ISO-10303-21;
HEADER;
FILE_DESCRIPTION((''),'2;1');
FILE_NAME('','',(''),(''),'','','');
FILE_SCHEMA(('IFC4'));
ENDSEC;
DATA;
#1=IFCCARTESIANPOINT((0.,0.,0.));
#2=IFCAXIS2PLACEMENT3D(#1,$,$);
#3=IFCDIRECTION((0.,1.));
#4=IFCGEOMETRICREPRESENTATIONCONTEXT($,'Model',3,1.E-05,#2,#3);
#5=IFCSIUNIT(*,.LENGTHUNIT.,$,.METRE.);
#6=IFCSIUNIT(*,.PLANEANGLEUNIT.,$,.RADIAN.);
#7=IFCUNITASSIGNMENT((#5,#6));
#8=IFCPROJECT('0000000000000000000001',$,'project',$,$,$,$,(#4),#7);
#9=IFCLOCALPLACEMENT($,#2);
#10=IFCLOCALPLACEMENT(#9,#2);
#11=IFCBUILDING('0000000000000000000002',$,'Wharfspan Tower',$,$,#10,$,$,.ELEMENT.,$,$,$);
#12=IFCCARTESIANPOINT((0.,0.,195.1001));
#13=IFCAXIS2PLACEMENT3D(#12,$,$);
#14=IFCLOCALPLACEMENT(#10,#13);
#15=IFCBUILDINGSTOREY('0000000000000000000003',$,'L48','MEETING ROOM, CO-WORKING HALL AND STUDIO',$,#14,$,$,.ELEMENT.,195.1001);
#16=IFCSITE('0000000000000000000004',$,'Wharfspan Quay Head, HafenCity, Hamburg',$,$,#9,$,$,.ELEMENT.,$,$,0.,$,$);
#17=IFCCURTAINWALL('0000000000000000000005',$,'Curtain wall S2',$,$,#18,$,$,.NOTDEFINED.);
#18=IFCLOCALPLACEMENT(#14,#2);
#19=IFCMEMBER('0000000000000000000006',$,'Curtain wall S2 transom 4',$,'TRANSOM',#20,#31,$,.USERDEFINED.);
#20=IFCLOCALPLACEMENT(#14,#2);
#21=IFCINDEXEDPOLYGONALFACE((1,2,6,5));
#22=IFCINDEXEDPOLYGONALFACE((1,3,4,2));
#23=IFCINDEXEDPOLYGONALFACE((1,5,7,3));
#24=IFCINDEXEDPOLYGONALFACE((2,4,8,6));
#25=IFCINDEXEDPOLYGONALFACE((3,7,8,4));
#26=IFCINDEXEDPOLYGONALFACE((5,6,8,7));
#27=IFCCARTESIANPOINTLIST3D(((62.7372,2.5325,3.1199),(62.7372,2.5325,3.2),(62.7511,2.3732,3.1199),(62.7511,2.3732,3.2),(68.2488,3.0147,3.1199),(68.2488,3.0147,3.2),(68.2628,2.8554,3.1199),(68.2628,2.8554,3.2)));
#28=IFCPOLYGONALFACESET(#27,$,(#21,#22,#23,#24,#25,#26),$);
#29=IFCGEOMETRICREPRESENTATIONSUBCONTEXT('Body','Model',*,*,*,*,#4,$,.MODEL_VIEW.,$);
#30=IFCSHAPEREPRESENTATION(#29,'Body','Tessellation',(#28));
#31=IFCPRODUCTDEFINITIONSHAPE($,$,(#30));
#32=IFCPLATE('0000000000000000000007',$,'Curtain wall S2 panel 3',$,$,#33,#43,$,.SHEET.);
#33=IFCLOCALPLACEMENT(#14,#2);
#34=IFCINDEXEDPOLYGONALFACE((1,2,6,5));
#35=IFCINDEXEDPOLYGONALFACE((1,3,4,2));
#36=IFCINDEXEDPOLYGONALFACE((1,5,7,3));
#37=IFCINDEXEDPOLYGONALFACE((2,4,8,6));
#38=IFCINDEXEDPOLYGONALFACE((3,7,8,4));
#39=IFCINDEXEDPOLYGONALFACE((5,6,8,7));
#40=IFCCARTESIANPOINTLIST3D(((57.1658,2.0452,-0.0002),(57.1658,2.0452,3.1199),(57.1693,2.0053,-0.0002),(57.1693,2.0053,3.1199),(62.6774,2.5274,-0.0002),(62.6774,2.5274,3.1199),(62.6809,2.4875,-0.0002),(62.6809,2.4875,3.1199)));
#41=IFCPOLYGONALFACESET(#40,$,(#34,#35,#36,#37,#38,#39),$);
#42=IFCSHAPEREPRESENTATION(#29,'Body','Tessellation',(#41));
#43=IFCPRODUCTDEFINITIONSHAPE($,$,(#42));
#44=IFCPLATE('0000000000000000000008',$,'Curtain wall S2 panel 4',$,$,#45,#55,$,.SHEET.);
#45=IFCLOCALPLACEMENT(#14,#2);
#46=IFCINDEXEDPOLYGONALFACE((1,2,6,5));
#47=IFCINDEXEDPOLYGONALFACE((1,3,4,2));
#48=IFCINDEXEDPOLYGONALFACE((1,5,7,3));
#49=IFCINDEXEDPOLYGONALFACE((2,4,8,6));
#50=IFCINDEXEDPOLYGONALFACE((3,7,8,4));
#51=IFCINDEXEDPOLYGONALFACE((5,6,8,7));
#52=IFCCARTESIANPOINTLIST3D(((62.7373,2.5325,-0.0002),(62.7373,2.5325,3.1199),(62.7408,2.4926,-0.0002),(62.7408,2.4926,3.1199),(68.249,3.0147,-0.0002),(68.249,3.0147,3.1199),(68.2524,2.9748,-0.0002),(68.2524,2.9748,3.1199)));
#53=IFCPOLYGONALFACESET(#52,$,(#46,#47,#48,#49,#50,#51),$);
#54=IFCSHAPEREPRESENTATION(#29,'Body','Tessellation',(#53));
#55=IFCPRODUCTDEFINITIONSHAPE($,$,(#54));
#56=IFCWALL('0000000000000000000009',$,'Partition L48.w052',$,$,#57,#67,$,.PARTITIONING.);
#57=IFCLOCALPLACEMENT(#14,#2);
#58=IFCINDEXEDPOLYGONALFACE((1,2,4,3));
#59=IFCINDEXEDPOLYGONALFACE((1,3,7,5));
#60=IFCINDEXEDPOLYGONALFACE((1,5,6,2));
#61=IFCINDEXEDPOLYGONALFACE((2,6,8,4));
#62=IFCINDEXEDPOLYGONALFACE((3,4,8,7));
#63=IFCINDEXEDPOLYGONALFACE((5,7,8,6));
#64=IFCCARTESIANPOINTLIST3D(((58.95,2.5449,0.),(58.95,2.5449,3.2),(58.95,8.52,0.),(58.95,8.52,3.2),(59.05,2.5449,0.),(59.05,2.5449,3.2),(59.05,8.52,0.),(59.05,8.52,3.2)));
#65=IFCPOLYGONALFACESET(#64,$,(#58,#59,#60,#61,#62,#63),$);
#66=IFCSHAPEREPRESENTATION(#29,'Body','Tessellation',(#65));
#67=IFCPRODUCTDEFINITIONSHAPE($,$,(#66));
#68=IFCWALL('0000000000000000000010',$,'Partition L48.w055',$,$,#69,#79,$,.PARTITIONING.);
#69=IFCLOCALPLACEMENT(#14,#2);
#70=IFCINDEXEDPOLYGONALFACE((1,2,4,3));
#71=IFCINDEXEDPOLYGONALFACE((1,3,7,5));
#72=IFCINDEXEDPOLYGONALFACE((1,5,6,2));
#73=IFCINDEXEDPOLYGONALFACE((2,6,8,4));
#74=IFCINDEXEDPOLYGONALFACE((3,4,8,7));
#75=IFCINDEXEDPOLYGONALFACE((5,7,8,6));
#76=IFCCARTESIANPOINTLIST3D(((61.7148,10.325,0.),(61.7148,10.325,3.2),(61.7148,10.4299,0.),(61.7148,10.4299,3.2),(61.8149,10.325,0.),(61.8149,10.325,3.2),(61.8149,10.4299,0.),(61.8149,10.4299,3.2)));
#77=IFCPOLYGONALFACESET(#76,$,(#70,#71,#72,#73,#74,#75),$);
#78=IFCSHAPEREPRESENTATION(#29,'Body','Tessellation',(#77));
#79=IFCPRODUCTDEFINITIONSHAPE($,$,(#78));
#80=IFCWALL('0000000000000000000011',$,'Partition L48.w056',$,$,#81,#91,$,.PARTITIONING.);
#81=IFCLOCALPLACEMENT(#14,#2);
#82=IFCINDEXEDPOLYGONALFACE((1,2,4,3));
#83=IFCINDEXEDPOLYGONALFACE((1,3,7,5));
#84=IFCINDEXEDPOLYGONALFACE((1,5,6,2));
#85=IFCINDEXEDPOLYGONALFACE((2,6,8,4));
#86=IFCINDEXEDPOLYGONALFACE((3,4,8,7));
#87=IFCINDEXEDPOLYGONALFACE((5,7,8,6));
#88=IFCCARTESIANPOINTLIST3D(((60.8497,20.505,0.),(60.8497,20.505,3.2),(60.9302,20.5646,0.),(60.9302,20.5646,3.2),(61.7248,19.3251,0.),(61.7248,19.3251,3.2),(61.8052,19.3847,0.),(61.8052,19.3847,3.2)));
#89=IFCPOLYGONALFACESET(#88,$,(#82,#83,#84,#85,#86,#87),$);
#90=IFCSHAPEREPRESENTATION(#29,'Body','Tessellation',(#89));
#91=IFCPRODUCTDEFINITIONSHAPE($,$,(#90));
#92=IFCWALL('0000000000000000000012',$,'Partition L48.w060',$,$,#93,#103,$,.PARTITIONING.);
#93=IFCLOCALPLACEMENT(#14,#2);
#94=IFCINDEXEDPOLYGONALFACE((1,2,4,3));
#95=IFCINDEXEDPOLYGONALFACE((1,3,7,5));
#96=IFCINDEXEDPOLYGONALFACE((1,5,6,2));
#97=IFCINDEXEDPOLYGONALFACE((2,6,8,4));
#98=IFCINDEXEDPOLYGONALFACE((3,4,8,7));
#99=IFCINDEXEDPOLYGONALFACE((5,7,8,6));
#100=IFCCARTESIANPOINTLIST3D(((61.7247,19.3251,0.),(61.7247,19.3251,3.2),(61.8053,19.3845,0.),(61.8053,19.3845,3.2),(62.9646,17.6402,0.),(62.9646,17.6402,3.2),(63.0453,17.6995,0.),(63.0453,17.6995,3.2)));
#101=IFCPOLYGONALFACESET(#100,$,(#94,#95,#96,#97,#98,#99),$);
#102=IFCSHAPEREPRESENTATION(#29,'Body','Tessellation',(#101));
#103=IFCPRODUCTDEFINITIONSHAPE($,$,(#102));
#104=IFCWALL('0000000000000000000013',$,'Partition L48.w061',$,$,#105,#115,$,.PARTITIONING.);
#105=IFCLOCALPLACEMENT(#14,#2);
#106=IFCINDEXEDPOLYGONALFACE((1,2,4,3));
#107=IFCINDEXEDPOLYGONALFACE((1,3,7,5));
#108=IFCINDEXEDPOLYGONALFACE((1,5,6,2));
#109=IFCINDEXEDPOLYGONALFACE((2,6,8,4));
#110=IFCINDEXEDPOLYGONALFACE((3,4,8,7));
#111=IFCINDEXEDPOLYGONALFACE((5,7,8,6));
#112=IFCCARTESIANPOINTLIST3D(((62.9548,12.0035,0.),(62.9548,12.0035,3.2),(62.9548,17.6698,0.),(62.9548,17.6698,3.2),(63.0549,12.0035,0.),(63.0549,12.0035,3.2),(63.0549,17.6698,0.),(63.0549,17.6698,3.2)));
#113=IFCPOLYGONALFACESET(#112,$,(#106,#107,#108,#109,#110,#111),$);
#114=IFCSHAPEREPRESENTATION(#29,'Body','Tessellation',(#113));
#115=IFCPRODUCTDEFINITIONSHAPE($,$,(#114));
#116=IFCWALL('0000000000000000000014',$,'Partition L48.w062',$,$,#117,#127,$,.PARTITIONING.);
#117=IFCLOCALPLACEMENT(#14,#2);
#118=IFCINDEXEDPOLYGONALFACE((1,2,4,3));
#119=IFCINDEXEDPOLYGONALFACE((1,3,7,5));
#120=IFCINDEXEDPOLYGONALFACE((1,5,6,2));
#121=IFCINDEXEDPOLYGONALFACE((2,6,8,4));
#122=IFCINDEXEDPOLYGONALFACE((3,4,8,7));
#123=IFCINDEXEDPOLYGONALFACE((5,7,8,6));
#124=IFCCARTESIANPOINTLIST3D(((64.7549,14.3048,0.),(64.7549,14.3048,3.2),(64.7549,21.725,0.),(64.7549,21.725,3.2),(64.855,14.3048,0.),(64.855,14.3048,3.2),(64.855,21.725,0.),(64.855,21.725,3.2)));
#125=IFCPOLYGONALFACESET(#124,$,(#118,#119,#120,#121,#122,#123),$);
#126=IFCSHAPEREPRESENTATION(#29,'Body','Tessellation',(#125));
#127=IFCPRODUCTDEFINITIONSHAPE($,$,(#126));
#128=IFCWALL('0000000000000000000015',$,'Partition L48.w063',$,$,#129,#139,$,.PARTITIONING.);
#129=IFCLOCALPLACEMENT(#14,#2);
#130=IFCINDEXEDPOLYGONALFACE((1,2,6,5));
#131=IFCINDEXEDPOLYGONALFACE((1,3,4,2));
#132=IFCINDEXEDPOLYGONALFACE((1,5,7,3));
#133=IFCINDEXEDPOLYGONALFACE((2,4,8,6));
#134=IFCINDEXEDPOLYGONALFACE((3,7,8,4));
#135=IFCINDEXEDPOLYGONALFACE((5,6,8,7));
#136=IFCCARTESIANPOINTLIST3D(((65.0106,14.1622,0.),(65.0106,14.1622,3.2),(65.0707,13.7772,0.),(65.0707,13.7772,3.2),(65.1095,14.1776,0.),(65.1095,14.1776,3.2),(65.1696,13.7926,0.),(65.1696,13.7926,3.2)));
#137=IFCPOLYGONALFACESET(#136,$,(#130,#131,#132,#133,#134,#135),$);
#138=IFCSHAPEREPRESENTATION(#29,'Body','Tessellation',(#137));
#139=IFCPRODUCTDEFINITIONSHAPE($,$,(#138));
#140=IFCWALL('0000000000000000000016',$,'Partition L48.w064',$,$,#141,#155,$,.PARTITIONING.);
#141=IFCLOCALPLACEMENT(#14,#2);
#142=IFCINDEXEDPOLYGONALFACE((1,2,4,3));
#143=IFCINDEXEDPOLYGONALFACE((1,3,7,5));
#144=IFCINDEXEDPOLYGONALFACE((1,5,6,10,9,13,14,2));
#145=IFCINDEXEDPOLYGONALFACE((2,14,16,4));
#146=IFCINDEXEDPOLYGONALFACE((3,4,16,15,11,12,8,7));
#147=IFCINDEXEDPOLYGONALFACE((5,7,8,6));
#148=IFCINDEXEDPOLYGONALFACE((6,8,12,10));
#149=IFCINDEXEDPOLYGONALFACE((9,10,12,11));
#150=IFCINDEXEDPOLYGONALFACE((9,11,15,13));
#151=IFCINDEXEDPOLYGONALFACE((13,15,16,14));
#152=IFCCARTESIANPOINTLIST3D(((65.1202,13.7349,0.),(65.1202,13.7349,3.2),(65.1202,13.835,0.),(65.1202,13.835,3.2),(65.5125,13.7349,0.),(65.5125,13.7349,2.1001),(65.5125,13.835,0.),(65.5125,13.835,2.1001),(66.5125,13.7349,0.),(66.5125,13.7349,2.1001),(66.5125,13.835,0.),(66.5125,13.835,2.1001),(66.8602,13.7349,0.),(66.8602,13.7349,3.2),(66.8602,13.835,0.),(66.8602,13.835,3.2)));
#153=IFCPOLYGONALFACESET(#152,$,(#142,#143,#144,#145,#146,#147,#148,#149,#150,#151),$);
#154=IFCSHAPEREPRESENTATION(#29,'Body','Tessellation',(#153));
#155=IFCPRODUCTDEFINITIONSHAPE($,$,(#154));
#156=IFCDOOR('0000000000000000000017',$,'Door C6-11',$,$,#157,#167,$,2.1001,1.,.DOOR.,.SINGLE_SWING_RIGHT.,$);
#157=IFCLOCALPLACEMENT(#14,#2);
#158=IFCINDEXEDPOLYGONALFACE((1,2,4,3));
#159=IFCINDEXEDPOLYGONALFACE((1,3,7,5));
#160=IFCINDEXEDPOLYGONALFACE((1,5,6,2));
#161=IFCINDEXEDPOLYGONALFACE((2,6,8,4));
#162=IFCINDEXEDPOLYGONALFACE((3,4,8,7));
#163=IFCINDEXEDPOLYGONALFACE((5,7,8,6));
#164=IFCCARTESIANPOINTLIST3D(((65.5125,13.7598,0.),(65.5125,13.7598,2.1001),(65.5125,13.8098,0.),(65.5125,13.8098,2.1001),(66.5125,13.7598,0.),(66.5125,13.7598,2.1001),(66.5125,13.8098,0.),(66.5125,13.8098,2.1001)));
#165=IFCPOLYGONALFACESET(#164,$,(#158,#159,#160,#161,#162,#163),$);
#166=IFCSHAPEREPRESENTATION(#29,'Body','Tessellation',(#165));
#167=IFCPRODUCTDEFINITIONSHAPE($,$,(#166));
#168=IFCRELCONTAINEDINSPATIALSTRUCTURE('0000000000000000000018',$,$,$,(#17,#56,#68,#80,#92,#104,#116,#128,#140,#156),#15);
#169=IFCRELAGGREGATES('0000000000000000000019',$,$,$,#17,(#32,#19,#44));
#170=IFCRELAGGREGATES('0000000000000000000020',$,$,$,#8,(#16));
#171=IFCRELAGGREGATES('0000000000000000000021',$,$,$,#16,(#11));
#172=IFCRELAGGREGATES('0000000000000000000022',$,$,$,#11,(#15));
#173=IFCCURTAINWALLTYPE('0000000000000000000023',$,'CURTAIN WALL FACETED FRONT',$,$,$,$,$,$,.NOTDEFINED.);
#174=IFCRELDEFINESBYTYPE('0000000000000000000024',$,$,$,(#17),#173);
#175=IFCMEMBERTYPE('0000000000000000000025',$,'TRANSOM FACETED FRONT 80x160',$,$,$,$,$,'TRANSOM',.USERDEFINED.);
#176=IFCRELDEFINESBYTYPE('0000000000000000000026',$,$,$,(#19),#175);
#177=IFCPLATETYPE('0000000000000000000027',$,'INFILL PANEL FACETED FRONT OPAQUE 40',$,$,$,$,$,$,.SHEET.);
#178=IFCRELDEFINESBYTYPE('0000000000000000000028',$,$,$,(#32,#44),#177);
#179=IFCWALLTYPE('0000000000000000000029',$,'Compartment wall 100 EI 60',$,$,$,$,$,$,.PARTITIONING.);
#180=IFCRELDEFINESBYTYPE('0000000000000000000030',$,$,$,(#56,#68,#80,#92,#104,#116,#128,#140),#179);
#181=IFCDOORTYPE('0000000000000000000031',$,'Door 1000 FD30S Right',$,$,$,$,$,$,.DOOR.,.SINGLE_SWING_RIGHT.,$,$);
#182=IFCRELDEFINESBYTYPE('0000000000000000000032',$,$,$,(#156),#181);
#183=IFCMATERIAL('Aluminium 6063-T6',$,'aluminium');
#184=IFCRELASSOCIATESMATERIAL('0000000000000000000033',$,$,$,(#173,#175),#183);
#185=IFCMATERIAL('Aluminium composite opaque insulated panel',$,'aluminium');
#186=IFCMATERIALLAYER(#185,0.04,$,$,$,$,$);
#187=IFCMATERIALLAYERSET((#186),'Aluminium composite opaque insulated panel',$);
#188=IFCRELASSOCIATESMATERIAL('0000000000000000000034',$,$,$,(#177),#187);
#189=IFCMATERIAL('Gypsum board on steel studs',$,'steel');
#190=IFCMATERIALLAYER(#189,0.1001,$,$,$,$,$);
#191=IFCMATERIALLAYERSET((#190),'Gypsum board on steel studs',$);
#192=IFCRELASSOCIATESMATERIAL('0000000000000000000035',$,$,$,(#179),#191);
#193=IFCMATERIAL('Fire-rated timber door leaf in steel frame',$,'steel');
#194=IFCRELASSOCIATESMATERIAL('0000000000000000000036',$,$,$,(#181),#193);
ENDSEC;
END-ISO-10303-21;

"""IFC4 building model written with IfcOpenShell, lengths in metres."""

from ifc_helpers import new_model, si_unit, direction, frame, frame_2d, origin, origin_2d, place, context, subcontext, project, spatial, rectangle, extrude, material, layer, layer_set, material_profile, profile_set, type_object, element, fill, aggregate, save


model = new_model("IFC4")

# Units and contexts
model_context = context("Model", 3, precision=1e-05, world=origin(), true_north=direction((0.0, 1.0)))
body_context = subcontext(model_context, "Body", "Model", "MODEL_VIEW")
ifc_project = project(units=[si_unit("LENGTHUNIT", "METRE"), si_unit("PLANEANGLEUNIT", "RADIAN")], contexts=[model_context])

# Site, building, storey
site_placement = place(None, origin())
site = spatial("IfcSite", under=ifc_project, at=site_placement, Name="Wharfspan Quay Head, HafenCity, Hamburg", CompositionType="ELEMENT", RefElevation=0.0)
building_placement = place(site_placement, origin())
building = spatial("IfcBuilding", under=site, at=building_placement, Name="Wharfspan Tower", CompositionType="ELEMENT")
storey_placement = place(building_placement, frame((0.0, 0.0, 195.1001)))
storey = spatial("IfcBuildingStorey", under=building, at=storey_placement, Name="L48", Description="MEETING ROOM, CO-WORKING HALL AND STUDIO", CompositionType="ELEMENT", Elevation=195.1001)

# Curtain wall
ifc_material_1 = material(Name="Aluminium 6063-T6", Category="aluminium")
curtain_wall_type = type_object("IfcCurtainWallType", Name="CURTAIN WALL FACETED FRONT", PredefinedType="NOTDEFINED", material=ifc_material_1)
curtain_wall_placement = place(storey_placement, origin())
curtain_wall = element("IfcCurtainWall", 1, at=curtain_wall_placement, inside=storey, type_object=curtain_wall_type, Name="Curtain wall S2", PredefinedType="NOTDEFINED")

# Member
ifc_material_profile_1 = material_profile(ifc_material_1, rectangle(XDim=0.1599, YDim=0.0801, at=origin_2d()))
ifc_profile_set_1 = profile_set([ifc_material_profile_1], Name="Aluminium 6063-T6")
member_type_1 = type_object("IfcMemberType", Name="TRANSOM FACETED FRONT 80x160", ElementType="TRANSOM", PredefinedType="USERDEFINED", material=ifc_profile_set_1)
member_1_placement = place(storey_placement, frame((62.7441, 2.4529, 3.1599), z_axis=(0.996195, 0.087149, 0.0), x_axis=(-0.087149, 0.996195, 0.0)))
member_1 = element("IfcMember", 2, at=member_1_placement, type_object=member_type_1, Name="Curtain wall S2 transom 4", ObjectType="TRANSOM", PredefinedType="USERDEFINED", context=body_context, shape_type="SweptSolid", body=[
    extrude(rectangle(XDim=0.1599, YDim=0.0801, at=origin_2d()), origin(), (0.0, 0.0, 1.0), 5.5327),
])

# Plates
ifc_material_2 = material(Name="Aluminium composite opaque insulated panel", Category="aluminium")
ifc_layer_1 = layer(ifc_material_2, 0.04)
ifc_layer_set_1 = layer_set([ifc_layer_1], Name="Aluminium composite opaque insulated panel")
plate_type = type_object("IfcPlateType", Name="INFILL PANEL FACETED FRONT OPAQUE 40", PredefinedType="SHEET", material=ifc_layer_set_1)
plate_1_placement = place(storey_placement, frame((59.9233, 2.2664, -0.0002), z_axis=(0.0, 0.0, 1.0), x_axis=(0.996198, 0.087156, 0.0)))
plate_1 = element("IfcPlate", 3, at=plate_1_placement, type_object=plate_type, Name="Curtain wall S2 panel 3", PredefinedType="SHEET", context=body_context, shape_type="SweptSolid", body=[
    extrude(rectangle(XDim=5.5327, YDim=0.04, at=origin_2d()), origin(), (0.0, 0.0, 1.0), 3.1201),
])
plate_2_placement = place(storey_placement, frame((65.4949, 2.7537, -0.0002), z_axis=(0.0, 0.0, 1.0), x_axis=(0.996198, 0.087156, 0.0)))
plate_2 = element("IfcPlate", 4, at=plate_2_placement, type_object=plate_type, Name="Curtain wall S2 panel 4", PredefinedType="SHEET", context=body_context, shape_type="SweptSolid", body=[
    extrude(rectangle(XDim=5.5327, YDim=0.04, at=origin_2d()), origin(), (0.0, 0.0, 1.0), 3.1201),
])
aggregate(curtain_wall, [plate_1, member_1, plate_2])

# Walls
ifc_material_3 = material(Name="Gypsum board on steel studs", Category="steel")
ifc_layer_2 = layer(ifc_material_3, 0.1001)
ifc_layer_set_2 = layer_set([ifc_layer_2], Name="Gypsum board on steel studs")
wall_type_1 = type_object("IfcWallType", Name="Compartment wall 100 EI 60", PredefinedType="PARTITIONING", material=ifc_layer_set_2)
wall_1_placement = place(storey_placement, frame((59.0, 2.5449, 0.0), z_axis=(0.0, 0.0, 1.0), x_axis=(0.0, 1.0, 0.0)))
element("IfcWall", 5, at=wall_1_placement, inside=storey, type_object=wall_type_1, Name="Partition L48.w052", PredefinedType="PARTITIONING", context=body_context, shape_type="SweptSolid", body=[
    extrude(rectangle(XDim=5.9751, YDim=0.1001, at=frame_2d((2.9875, 0.0))), origin(), (0.0, 0.0, 1.0), 3.2),
])
wall_2_placement = place(storey_placement, frame((61.7649, 10.325, 0.0), z_axis=(0.0, 0.0, 1.0), x_axis=(0.0, 1.0, 0.0)))
element("IfcWall", 6, at=wall_2_placement, inside=storey, type_object=wall_type_1, Name="Partition L48.w055", PredefinedType="PARTITIONING", context=body_context, shape_type="SweptSolid", body=[
    extrude(rectangle(XDim=0.105, YDim=0.1001, at=frame_2d((0.0525, 0.0))), origin(), (0.0, 0.0, 1.0), 3.2),
])
wall_3_placement = place(storey_placement, frame((61.7649, 19.355, 0.0), z_axis=(0.0, 0.0, 1.0), x_axis=(-0.595656, 0.803238, 0.0)))
element("IfcWall", 7, at=wall_3_placement, inside=storey, type_object=wall_type_1, Name="Partition L48.w056", PredefinedType="PARTITIONING", context=body_context, shape_type="SweptSolid", body=[
    extrude(rectangle(XDim=1.469, YDim=0.1001, at=frame_2d((0.7344, 0.0))), origin(), (0.0, 0.0, 1.0), 3.2),
])
wall_4_placement = place(storey_placement, frame((63.0049, 17.6699, 0.0), z_axis=(0.0, 0.0, 1.0), x_axis=(-0.592694, 0.805429, 0.0)))
element("IfcWall", 8, at=wall_4_placement, inside=storey, type_object=wall_type_1, Name="Partition L48.w060", PredefinedType="PARTITIONING", context=body_context, shape_type="SweptSolid", body=[
    extrude(rectangle(XDim=2.092, YDim=0.1001, at=frame_2d((1.0459, 0.0))), origin(), (0.0, 0.0, 1.0), 3.2),
])
wall_5_placement = place(storey_placement, frame((63.0049, 12.0037, 0.0), z_axis=(0.0, 0.0, 1.0), x_axis=(0.0, 1.0, 0.0)))
element("IfcWall", 9, at=wall_5_placement, inside=storey, type_object=wall_type_1, Name="Partition L48.w061", PredefinedType="PARTITIONING", context=body_context, shape_type="SweptSolid", body=[
    extrude(rectangle(XDim=5.6663, YDim=0.1001, at=frame_2d((2.833, 0.0))), origin(), (0.0, 0.0, 1.0), 3.2),
])
wall_6_placement = place(storey_placement, frame((64.8049, 14.3049, 0.0), z_axis=(0.0, 0.0, 1.0), x_axis=(0.0, 1.0, 0.0)))
element("IfcWall", 10, at=wall_6_placement, inside=storey, type_object=wall_type_1, Name="Partition L48.w062", PredefinedType="PARTITIONING", context=body_context, shape_type="SweptSolid", body=[
    extrude(rectangle(XDim=7.4202, YDim=0.1001, at=frame_2d((3.71, 0.0))), origin(), (0.0, 0.0, 1.0), 3.2),
])
wall_7_placement = place(storey_placement, frame((65.1201, 13.7849, 0.0), z_axis=(0.0, 0.0, 1.0), x_axis=(-0.154128, 0.988048, 0.0)))
element("IfcWall", 11, at=wall_7_placement, inside=storey, type_object=wall_type_1, Name="Partition L48.w063", PredefinedType="PARTITIONING", context=body_context, shape_type="SweptSolid", body=[
    extrude(rectangle(XDim=0.3896, YDim=0.1001, at=frame_2d((0.1948, 0.0))), origin(), (0.0, 0.0, 1.0), 3.2),
])

# Wall, opening, door
wall_8_placement = place(storey_placement, frame((65.1201, 13.7849, 0.0), z_axis=(0.0, 0.0, 1.0), x_axis=(1.0, 0.0, 0.0)))
wall_8 = element("IfcWall", 12, at=wall_8_placement, inside=storey, type_object=wall_type_1, Name="Partition L48.w064", PredefinedType="PARTITIONING", context=body_context, shape_type="SweptSolid", body=[
    extrude(rectangle(XDim=1.74, YDim=0.1001, at=frame_2d((0.8701, 0.0))), origin(), (0.0, 0.0, 1.0), 3.2),
])
opening_1_placement = place(wall_8_placement, frame((0.3923, 0.0, 0.0)))
opening_1 = element("IfcOpeningElement", 13, at=opening_1_placement, cuts=wall_8, PredefinedType="OPENING", context=body_context, shape_type="SweptSolid", body=[
    extrude(rectangle(XDim=1.0, YDim=2.1001, at=frame_2d((0.5, 1.05))), frame((0.0, 0.0601, 0.0), z_axis=(0.0, -1.0, 0.0), x_axis=(1.0, 0.0, 0.0)), (0.0, 0.0, 1.0), 0.1201),
])
ifc_material_4 = material(Name="Fire-rated timber door leaf in steel frame", Category="steel")
door_type_1 = type_object("IfcDoorType", Name="Door 1000 FD30S Right", OperationType="SINGLE_SWING_RIGHT", PredefinedType="DOOR", material=ifc_material_4)
door_1_placement = place(opening_1_placement, origin())
door_1 = element("IfcDoor", 14, at=door_1_placement, inside=storey, type_object=door_type_1, Name="Door C6-11", OperationType="SINGLE_SWING_RIGHT", OverallHeight=2.1001, OverallWidth=1.0, PredefinedType="DOOR", context=body_context, shape_type="SweptSolid", body=[
    extrude(rectangle(XDim=1.0, YDim=2.1001, at=frame_2d((0.5, 1.05))), frame((0.0, 0.0249, 0.0), z_axis=(0.0, -1.0, 0.0), x_axis=(1.0, 0.0, 0.0)), (0.0, 0.0, 1.0), 0.05),
])
fill(opening_1, door_1)

save(model, "model.ifc")
